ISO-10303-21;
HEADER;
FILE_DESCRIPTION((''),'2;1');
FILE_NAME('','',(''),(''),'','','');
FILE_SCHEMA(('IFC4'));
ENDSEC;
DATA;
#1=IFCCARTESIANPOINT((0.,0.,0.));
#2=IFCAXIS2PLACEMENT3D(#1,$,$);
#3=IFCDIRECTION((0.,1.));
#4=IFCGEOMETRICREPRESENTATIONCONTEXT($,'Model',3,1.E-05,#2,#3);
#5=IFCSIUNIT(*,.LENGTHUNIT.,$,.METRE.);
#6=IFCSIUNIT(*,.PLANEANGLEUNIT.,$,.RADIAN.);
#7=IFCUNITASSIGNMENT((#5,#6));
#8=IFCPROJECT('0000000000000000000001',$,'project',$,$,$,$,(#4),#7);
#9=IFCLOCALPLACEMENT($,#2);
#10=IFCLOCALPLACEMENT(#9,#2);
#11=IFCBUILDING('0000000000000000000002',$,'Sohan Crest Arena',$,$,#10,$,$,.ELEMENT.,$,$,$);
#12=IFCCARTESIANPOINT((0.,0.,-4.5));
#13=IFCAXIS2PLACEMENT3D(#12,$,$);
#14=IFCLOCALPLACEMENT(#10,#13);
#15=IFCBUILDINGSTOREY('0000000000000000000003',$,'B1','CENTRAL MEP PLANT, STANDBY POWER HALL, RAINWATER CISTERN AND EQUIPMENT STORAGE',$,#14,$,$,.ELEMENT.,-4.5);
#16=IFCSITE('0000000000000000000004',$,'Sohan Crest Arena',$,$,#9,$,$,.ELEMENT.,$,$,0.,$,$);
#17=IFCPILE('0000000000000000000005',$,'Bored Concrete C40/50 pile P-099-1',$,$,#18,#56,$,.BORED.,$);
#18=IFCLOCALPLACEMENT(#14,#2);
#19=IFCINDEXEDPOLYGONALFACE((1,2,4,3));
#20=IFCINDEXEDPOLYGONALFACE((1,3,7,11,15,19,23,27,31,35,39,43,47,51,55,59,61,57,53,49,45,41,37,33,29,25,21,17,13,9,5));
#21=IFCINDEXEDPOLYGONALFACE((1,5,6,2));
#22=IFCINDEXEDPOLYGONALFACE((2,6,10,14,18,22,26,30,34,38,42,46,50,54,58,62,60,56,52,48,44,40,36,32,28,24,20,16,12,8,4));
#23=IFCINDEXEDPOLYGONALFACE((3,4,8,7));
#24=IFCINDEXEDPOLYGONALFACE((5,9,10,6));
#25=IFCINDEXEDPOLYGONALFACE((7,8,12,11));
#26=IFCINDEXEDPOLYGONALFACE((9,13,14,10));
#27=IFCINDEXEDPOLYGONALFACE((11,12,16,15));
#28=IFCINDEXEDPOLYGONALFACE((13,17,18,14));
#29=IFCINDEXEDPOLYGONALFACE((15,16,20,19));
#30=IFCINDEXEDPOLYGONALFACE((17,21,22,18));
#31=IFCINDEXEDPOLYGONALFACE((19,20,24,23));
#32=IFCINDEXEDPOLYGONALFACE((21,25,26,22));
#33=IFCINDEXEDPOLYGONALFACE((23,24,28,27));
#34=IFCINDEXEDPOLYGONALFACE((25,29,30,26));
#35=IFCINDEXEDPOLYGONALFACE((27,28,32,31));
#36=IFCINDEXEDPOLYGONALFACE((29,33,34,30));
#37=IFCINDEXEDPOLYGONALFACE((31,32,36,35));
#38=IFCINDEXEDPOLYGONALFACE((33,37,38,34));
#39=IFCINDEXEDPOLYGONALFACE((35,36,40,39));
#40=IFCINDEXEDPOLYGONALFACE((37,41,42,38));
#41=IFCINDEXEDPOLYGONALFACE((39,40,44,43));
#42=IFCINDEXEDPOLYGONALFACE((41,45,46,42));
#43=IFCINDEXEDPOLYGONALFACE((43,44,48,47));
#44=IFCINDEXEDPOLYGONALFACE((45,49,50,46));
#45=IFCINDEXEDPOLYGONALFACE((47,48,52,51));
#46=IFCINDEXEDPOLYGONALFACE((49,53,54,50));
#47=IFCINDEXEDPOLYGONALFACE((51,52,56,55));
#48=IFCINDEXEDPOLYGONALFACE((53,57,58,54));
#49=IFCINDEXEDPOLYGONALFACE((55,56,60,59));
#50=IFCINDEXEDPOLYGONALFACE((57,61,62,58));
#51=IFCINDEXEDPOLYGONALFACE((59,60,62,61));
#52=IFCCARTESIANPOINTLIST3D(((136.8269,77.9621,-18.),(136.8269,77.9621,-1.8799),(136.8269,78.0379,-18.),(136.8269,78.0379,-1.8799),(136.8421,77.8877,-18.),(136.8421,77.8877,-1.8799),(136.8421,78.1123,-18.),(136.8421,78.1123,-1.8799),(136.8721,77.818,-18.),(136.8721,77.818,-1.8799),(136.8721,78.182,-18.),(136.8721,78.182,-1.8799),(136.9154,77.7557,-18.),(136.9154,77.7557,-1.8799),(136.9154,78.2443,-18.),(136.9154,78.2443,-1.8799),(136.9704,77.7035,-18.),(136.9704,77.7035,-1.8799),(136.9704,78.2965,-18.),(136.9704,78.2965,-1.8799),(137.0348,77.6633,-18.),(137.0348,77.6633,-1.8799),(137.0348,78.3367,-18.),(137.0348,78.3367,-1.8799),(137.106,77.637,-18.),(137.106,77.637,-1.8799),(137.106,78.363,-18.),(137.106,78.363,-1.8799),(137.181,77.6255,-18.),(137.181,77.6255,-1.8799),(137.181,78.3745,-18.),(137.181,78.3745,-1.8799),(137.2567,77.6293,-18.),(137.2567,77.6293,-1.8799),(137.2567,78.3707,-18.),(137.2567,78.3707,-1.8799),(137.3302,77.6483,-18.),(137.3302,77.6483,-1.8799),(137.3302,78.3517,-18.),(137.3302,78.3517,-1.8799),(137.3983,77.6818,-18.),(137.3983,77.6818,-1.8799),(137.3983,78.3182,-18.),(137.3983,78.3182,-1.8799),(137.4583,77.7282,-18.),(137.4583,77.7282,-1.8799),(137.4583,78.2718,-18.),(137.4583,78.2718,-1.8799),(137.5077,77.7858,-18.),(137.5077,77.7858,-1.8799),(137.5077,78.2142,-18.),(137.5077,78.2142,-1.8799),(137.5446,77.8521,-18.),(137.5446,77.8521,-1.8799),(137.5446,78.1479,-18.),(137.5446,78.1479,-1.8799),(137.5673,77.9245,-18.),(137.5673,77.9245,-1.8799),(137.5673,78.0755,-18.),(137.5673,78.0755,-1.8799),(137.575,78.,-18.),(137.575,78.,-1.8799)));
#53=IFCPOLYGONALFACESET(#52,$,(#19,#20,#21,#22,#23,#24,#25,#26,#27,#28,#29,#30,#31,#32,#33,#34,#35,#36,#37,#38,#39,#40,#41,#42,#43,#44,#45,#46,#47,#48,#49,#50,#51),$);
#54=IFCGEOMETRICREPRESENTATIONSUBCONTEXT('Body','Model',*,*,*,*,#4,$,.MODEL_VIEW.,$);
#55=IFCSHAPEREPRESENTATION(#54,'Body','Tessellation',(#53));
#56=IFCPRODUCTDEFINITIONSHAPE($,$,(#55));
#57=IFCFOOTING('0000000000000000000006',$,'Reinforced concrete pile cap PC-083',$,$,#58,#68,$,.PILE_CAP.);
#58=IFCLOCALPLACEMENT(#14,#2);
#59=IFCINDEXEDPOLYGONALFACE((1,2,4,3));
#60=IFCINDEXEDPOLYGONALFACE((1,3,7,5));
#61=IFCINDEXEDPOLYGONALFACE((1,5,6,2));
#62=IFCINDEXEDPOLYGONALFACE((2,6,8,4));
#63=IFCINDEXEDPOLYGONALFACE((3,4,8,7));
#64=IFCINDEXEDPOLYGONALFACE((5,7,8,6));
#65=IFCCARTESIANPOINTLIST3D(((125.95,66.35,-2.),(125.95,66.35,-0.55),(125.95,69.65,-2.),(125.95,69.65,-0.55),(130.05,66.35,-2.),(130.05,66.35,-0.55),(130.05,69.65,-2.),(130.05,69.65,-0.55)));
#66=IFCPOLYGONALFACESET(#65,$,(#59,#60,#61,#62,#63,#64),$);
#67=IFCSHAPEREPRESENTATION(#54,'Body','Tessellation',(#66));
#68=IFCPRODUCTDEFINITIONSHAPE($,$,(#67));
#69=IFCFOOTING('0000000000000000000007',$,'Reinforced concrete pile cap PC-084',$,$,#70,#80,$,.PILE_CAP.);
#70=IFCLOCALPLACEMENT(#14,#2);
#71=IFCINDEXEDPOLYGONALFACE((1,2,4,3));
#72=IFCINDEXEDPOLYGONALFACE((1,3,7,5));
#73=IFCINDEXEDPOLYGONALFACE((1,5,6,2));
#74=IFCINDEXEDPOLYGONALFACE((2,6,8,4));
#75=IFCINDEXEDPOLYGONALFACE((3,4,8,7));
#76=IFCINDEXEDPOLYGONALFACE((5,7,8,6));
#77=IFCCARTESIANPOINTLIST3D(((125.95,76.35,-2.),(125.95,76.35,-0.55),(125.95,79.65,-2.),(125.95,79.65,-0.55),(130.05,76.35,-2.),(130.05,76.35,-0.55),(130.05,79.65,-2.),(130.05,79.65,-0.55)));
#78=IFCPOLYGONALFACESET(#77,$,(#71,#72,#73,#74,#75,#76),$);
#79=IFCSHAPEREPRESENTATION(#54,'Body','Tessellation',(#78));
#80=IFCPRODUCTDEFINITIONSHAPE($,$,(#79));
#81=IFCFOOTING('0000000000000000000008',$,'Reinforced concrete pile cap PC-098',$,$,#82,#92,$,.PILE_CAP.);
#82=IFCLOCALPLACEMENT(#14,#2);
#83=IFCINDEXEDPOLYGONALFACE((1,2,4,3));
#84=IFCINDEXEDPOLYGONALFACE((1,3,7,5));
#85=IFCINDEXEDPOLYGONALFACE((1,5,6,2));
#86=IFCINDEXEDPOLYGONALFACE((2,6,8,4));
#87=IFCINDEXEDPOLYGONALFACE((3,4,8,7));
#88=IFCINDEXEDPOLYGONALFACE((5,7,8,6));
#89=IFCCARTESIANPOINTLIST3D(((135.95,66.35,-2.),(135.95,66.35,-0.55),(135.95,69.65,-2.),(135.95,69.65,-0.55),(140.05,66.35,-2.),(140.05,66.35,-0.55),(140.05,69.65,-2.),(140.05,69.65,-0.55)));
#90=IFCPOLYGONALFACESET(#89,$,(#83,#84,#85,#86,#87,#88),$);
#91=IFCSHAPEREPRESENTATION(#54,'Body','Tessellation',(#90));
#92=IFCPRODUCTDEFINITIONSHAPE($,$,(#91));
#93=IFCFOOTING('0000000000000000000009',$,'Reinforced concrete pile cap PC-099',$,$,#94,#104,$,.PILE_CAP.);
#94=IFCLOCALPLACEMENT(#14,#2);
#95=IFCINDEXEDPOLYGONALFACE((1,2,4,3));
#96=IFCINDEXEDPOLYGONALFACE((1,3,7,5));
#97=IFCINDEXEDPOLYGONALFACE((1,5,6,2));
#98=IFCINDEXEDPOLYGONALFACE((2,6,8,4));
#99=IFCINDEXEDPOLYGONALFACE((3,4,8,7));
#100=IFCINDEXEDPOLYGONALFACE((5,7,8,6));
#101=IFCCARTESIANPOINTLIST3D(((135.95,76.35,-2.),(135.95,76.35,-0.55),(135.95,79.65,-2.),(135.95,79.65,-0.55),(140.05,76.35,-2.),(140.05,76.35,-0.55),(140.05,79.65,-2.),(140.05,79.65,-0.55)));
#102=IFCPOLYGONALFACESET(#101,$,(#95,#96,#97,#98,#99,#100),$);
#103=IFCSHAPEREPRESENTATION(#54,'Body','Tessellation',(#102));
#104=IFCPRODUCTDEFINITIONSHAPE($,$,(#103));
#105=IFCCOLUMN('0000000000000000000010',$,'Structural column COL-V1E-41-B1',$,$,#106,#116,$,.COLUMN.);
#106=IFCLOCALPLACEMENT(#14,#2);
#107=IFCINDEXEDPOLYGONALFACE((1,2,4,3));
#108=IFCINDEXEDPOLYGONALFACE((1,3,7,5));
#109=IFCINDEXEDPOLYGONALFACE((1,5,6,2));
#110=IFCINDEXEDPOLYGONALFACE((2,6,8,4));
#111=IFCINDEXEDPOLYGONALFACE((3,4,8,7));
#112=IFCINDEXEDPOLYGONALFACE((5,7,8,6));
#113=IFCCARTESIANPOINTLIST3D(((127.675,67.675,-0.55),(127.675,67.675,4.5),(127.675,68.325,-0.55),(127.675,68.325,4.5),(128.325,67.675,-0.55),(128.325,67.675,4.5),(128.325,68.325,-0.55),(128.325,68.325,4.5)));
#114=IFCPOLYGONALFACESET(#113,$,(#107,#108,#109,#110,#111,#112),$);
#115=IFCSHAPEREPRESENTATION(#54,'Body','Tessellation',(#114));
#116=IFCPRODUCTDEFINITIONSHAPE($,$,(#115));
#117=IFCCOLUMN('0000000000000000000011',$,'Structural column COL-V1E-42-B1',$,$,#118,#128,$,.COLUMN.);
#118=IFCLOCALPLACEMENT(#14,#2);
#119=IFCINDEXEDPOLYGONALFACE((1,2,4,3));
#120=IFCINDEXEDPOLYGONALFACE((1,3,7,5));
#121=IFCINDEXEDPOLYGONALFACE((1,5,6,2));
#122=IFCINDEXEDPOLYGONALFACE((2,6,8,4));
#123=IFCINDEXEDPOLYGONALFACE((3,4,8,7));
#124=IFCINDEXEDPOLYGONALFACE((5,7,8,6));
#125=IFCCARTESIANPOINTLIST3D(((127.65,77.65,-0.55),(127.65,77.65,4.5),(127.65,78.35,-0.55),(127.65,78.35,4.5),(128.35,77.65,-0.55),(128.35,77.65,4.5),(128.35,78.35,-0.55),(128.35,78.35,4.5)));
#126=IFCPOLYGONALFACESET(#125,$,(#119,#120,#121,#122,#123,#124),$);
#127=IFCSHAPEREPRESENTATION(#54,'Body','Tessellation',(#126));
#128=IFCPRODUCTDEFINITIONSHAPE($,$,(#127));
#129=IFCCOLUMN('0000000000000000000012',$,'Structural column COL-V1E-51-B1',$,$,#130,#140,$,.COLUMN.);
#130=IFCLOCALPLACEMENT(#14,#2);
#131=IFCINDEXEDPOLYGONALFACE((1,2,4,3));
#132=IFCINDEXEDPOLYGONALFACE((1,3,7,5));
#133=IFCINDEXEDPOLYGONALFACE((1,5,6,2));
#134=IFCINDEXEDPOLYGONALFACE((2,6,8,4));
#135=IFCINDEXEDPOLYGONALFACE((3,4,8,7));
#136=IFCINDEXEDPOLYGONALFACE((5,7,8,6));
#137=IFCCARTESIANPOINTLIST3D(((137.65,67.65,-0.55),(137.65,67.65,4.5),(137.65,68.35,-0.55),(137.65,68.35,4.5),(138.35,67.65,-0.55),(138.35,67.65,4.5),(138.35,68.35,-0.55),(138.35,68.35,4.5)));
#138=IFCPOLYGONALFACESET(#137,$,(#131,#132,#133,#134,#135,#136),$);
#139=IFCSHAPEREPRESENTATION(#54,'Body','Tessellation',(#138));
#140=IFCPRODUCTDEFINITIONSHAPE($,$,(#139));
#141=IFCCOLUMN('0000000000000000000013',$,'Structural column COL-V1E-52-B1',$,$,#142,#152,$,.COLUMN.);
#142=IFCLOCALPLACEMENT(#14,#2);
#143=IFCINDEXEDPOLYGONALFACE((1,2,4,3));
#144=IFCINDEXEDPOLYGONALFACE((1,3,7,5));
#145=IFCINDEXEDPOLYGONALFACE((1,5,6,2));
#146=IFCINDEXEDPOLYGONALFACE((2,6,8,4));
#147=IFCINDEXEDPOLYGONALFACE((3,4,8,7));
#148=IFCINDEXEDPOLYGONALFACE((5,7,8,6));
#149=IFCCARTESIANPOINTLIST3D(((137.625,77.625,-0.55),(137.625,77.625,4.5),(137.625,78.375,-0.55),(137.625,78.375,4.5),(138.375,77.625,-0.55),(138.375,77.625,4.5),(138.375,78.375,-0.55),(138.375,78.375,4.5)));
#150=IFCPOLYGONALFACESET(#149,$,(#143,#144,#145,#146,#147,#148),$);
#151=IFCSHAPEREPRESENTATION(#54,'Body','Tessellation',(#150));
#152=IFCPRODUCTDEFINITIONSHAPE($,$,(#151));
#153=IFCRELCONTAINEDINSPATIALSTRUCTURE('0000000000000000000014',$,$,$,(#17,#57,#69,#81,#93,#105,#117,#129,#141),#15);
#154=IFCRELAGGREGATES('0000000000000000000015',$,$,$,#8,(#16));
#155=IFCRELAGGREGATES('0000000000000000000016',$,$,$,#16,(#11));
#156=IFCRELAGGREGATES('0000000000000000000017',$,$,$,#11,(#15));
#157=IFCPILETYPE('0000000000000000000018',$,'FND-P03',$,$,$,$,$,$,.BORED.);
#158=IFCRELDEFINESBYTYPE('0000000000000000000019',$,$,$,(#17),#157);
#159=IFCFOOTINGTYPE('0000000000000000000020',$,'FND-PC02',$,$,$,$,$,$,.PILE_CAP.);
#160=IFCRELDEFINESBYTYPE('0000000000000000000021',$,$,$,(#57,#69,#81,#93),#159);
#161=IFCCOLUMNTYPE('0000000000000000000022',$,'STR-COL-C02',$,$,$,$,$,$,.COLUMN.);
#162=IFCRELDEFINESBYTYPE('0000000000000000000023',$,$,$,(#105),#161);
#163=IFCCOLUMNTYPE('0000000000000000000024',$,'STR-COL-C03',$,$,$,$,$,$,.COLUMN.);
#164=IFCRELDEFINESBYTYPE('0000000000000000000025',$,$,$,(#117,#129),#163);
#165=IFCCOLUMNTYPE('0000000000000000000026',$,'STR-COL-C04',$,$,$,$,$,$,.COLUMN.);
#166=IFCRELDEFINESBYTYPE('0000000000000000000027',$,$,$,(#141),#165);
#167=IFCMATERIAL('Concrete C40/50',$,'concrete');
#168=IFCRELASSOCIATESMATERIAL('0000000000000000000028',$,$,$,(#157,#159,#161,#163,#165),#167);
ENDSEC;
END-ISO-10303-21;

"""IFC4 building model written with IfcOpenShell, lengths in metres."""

from ifc_helpers import new_model, si_unit, direction, frame, origin, origin_2d, place, context, subcontext, project, spatial, rectangle, circle, extrude, material, material_profile, profile_set, type_object, element, save


model = new_model("IFC4")

# Units and contexts
model_context = context("Model", 3, precision=1e-05, world=origin(), true_north=direction((0.0, 1.0)))
body_context = subcontext(model_context, "Body", "Model", "MODEL_VIEW")
ifc_project = project(units=[si_unit("LENGTHUNIT", "METRE"), si_unit("PLANEANGLEUNIT", "RADIAN")], contexts=[model_context])

# Site, building, storey
site_placement = place(None, origin())
site = spatial("IfcSite", under=ifc_project, at=site_placement, Name="Sohan Crest Arena", CompositionType="ELEMENT", RefElevation=0.0)
building_placement = place(site_placement, origin())
building = spatial("IfcBuilding", under=site, at=building_placement, Name="Sohan Crest Arena", CompositionType="ELEMENT")
storey_placement = place(building_placement, frame((0.0, 0.0, -4.5)))
storey = spatial("IfcBuildingStorey", under=building, at=storey_placement, Name="B1", Description="CENTRAL MEP PLANT, STANDBY POWER HALL, RAINWATER CISTERN AND EQUIPMENT STORAGE", CompositionType="ELEMENT", Elevation=-4.5)

# Shared definitions
ifc_material = material(Name="Concrete C40/50", Category="concrete")

# Pile
ifc_material_profile_1 = material_profile(ifc_material, circle(Radius=0.375, at=origin_2d()), Name="PILE D750")
ifc_profile_set_1 = profile_set([ifc_material_profile_1], Name="Concrete C40/50")
pile_type = type_object("IfcPileType", Name="FND-P03", PredefinedType="BORED", material=ifc_profile_set_1)
for number, where, z_axis, x_axis, name in (
    (1, (137.2, 78.0, -18.0), (0.0, 0.0, 1.0), (1.0, 0.0, 0.0), "Bored Concrete C40/50 pile P-099-1"),
):
    element("IfcPile", number, at=place(storey_placement, frame(where, z_axis=z_axis, x_axis=x_axis)), inside=storey, type_object=pile_type, Name=name, PredefinedType="BORED", context=body_context, shape_type="SweptSolid", body=[
        extrude(circle(Radius=0.375, at=origin_2d()), origin(), (0.0, 0.0, 1.0), 16.1201),
    ])

# Footings
footing_type_1 = type_object("IfcFootingType", Name="FND-PC02", PredefinedType="PILE_CAP", material=ifc_material)
for number, where, z_axis, x_axis, name in (
    (2, (128.0, 68.0, -2.0), (0.0, 0.0, 1.0), (1.0, 0.0, 0.0), "Reinforced concrete pile cap PC-083"),
    (3, (128.0, 78.0, -2.0), (0.0, 0.0, 1.0), (1.0, 0.0, 0.0), "Reinforced concrete pile cap PC-084"),
    (4, (138.0, 68.0, -2.0), (0.0, 0.0, 1.0), (1.0, 0.0, 0.0), "Reinforced concrete pile cap PC-098"),
    (5, (138.0, 78.0, -2.0), (0.0, 0.0, 1.0), (1.0, 0.0, 0.0), "Reinforced concrete pile cap PC-099"),
):
    element("IfcFooting", number, at=place(storey_placement, frame(where, z_axis=z_axis, x_axis=x_axis)), inside=storey, type_object=footing_type_1, Name=name, PredefinedType="PILE_CAP", context=body_context, shape_type="SweptSolid", body=[
        extrude(rectangle(XDim=4.1001, YDim=3.3, at=origin_2d()), origin(), (0.0, 0.0, 1.0), 1.45),
    ])

# Columns
ifc_material_profile_2 = material_profile(ifc_material, rectangle(XDim=0.6499, YDim=0.6499, at=origin_2d()), Name="RC 650x650")
ifc_profile_set_2 = profile_set([ifc_material_profile_2], Name="Concrete C40/50")
column_type_1 = type_object("IfcColumnType", Name="STR-COL-C02", PredefinedType="COLUMN", material=ifc_profile_set_2)
column_1_placement = place(storey_placement, frame((128.0, 68.0, -0.55), z_axis=(0.0, 0.0, 1.0), x_axis=(1.0, 0.0, 0.0)))
element("IfcColumn", 6, at=column_1_placement, inside=storey, type_object=column_type_1, Name="Structural column COL-V1E-41-B1", PredefinedType="COLUMN", context=body_context, shape_type="SweptSolid", body=[
    extrude(rectangle(XDim=0.6499, YDim=0.6499, at=origin_2d()), origin(), (0.0, 0.0, 1.0), 5.05),
])
ifc_material_profile_3 = material_profile(ifc_material, rectangle(XDim=0.7, YDim=0.7, at=origin_2d()), Name="RC 700x700")
ifc_profile_set_3 = profile_set([ifc_material_profile_3], Name="Concrete C40/50")
column_type_2 = type_object("IfcColumnType", Name="STR-COL-C03", PredefinedType="COLUMN", material=ifc_profile_set_3)
for number, where, z_axis, x_axis, name in (
    (7, (128.0, 78.0, -0.55), (0.0, 0.0, 1.0), (1.0, 0.0, 0.0), "Structural column COL-V1E-42-B1"),
    (8, (138.0, 68.0, -0.55), (0.0, 0.0, 1.0), (1.0, 0.0, 0.0), "Structural column COL-V1E-51-B1"),
):
    element("IfcColumn", number, at=place(storey_placement, frame(where, z_axis=z_axis, x_axis=x_axis)), inside=storey, type_object=column_type_2, Name=name, PredefinedType="COLUMN", context=body_context, shape_type="SweptSolid", body=[
        extrude(rectangle(XDim=0.7, YDim=0.7, at=origin_2d()), origin(), (0.0, 0.0, 1.0), 5.05),
    ])
ifc_material_profile_4 = material_profile(ifc_material, rectangle(XDim=0.75, YDim=0.75, at=origin_2d()), Name="RC 750x750")
ifc_profile_set_4 = profile_set([ifc_material_profile_4], Name="Concrete C40/50")
column_type_3 = type_object("IfcColumnType", Name="STR-COL-C04", PredefinedType="COLUMN", material=ifc_profile_set_4)
column_2_placement = place(storey_placement, frame((138.0, 78.0, -0.55), z_axis=(0.0, 0.0, 1.0), x_axis=(1.0, 0.0, 0.0)))
element("IfcColumn", 9, at=column_2_placement, inside=storey, type_object=column_type_3, Name="Structural column COL-V1E-52-B1", PredefinedType="COLUMN", context=body_context, shape_type="SweptSolid", body=[
    extrude(rectangle(XDim=0.75, YDim=0.75, at=origin_2d()), origin(), (0.0, 0.0, 1.0), 5.05),
])

save(model, "model.ifc")
